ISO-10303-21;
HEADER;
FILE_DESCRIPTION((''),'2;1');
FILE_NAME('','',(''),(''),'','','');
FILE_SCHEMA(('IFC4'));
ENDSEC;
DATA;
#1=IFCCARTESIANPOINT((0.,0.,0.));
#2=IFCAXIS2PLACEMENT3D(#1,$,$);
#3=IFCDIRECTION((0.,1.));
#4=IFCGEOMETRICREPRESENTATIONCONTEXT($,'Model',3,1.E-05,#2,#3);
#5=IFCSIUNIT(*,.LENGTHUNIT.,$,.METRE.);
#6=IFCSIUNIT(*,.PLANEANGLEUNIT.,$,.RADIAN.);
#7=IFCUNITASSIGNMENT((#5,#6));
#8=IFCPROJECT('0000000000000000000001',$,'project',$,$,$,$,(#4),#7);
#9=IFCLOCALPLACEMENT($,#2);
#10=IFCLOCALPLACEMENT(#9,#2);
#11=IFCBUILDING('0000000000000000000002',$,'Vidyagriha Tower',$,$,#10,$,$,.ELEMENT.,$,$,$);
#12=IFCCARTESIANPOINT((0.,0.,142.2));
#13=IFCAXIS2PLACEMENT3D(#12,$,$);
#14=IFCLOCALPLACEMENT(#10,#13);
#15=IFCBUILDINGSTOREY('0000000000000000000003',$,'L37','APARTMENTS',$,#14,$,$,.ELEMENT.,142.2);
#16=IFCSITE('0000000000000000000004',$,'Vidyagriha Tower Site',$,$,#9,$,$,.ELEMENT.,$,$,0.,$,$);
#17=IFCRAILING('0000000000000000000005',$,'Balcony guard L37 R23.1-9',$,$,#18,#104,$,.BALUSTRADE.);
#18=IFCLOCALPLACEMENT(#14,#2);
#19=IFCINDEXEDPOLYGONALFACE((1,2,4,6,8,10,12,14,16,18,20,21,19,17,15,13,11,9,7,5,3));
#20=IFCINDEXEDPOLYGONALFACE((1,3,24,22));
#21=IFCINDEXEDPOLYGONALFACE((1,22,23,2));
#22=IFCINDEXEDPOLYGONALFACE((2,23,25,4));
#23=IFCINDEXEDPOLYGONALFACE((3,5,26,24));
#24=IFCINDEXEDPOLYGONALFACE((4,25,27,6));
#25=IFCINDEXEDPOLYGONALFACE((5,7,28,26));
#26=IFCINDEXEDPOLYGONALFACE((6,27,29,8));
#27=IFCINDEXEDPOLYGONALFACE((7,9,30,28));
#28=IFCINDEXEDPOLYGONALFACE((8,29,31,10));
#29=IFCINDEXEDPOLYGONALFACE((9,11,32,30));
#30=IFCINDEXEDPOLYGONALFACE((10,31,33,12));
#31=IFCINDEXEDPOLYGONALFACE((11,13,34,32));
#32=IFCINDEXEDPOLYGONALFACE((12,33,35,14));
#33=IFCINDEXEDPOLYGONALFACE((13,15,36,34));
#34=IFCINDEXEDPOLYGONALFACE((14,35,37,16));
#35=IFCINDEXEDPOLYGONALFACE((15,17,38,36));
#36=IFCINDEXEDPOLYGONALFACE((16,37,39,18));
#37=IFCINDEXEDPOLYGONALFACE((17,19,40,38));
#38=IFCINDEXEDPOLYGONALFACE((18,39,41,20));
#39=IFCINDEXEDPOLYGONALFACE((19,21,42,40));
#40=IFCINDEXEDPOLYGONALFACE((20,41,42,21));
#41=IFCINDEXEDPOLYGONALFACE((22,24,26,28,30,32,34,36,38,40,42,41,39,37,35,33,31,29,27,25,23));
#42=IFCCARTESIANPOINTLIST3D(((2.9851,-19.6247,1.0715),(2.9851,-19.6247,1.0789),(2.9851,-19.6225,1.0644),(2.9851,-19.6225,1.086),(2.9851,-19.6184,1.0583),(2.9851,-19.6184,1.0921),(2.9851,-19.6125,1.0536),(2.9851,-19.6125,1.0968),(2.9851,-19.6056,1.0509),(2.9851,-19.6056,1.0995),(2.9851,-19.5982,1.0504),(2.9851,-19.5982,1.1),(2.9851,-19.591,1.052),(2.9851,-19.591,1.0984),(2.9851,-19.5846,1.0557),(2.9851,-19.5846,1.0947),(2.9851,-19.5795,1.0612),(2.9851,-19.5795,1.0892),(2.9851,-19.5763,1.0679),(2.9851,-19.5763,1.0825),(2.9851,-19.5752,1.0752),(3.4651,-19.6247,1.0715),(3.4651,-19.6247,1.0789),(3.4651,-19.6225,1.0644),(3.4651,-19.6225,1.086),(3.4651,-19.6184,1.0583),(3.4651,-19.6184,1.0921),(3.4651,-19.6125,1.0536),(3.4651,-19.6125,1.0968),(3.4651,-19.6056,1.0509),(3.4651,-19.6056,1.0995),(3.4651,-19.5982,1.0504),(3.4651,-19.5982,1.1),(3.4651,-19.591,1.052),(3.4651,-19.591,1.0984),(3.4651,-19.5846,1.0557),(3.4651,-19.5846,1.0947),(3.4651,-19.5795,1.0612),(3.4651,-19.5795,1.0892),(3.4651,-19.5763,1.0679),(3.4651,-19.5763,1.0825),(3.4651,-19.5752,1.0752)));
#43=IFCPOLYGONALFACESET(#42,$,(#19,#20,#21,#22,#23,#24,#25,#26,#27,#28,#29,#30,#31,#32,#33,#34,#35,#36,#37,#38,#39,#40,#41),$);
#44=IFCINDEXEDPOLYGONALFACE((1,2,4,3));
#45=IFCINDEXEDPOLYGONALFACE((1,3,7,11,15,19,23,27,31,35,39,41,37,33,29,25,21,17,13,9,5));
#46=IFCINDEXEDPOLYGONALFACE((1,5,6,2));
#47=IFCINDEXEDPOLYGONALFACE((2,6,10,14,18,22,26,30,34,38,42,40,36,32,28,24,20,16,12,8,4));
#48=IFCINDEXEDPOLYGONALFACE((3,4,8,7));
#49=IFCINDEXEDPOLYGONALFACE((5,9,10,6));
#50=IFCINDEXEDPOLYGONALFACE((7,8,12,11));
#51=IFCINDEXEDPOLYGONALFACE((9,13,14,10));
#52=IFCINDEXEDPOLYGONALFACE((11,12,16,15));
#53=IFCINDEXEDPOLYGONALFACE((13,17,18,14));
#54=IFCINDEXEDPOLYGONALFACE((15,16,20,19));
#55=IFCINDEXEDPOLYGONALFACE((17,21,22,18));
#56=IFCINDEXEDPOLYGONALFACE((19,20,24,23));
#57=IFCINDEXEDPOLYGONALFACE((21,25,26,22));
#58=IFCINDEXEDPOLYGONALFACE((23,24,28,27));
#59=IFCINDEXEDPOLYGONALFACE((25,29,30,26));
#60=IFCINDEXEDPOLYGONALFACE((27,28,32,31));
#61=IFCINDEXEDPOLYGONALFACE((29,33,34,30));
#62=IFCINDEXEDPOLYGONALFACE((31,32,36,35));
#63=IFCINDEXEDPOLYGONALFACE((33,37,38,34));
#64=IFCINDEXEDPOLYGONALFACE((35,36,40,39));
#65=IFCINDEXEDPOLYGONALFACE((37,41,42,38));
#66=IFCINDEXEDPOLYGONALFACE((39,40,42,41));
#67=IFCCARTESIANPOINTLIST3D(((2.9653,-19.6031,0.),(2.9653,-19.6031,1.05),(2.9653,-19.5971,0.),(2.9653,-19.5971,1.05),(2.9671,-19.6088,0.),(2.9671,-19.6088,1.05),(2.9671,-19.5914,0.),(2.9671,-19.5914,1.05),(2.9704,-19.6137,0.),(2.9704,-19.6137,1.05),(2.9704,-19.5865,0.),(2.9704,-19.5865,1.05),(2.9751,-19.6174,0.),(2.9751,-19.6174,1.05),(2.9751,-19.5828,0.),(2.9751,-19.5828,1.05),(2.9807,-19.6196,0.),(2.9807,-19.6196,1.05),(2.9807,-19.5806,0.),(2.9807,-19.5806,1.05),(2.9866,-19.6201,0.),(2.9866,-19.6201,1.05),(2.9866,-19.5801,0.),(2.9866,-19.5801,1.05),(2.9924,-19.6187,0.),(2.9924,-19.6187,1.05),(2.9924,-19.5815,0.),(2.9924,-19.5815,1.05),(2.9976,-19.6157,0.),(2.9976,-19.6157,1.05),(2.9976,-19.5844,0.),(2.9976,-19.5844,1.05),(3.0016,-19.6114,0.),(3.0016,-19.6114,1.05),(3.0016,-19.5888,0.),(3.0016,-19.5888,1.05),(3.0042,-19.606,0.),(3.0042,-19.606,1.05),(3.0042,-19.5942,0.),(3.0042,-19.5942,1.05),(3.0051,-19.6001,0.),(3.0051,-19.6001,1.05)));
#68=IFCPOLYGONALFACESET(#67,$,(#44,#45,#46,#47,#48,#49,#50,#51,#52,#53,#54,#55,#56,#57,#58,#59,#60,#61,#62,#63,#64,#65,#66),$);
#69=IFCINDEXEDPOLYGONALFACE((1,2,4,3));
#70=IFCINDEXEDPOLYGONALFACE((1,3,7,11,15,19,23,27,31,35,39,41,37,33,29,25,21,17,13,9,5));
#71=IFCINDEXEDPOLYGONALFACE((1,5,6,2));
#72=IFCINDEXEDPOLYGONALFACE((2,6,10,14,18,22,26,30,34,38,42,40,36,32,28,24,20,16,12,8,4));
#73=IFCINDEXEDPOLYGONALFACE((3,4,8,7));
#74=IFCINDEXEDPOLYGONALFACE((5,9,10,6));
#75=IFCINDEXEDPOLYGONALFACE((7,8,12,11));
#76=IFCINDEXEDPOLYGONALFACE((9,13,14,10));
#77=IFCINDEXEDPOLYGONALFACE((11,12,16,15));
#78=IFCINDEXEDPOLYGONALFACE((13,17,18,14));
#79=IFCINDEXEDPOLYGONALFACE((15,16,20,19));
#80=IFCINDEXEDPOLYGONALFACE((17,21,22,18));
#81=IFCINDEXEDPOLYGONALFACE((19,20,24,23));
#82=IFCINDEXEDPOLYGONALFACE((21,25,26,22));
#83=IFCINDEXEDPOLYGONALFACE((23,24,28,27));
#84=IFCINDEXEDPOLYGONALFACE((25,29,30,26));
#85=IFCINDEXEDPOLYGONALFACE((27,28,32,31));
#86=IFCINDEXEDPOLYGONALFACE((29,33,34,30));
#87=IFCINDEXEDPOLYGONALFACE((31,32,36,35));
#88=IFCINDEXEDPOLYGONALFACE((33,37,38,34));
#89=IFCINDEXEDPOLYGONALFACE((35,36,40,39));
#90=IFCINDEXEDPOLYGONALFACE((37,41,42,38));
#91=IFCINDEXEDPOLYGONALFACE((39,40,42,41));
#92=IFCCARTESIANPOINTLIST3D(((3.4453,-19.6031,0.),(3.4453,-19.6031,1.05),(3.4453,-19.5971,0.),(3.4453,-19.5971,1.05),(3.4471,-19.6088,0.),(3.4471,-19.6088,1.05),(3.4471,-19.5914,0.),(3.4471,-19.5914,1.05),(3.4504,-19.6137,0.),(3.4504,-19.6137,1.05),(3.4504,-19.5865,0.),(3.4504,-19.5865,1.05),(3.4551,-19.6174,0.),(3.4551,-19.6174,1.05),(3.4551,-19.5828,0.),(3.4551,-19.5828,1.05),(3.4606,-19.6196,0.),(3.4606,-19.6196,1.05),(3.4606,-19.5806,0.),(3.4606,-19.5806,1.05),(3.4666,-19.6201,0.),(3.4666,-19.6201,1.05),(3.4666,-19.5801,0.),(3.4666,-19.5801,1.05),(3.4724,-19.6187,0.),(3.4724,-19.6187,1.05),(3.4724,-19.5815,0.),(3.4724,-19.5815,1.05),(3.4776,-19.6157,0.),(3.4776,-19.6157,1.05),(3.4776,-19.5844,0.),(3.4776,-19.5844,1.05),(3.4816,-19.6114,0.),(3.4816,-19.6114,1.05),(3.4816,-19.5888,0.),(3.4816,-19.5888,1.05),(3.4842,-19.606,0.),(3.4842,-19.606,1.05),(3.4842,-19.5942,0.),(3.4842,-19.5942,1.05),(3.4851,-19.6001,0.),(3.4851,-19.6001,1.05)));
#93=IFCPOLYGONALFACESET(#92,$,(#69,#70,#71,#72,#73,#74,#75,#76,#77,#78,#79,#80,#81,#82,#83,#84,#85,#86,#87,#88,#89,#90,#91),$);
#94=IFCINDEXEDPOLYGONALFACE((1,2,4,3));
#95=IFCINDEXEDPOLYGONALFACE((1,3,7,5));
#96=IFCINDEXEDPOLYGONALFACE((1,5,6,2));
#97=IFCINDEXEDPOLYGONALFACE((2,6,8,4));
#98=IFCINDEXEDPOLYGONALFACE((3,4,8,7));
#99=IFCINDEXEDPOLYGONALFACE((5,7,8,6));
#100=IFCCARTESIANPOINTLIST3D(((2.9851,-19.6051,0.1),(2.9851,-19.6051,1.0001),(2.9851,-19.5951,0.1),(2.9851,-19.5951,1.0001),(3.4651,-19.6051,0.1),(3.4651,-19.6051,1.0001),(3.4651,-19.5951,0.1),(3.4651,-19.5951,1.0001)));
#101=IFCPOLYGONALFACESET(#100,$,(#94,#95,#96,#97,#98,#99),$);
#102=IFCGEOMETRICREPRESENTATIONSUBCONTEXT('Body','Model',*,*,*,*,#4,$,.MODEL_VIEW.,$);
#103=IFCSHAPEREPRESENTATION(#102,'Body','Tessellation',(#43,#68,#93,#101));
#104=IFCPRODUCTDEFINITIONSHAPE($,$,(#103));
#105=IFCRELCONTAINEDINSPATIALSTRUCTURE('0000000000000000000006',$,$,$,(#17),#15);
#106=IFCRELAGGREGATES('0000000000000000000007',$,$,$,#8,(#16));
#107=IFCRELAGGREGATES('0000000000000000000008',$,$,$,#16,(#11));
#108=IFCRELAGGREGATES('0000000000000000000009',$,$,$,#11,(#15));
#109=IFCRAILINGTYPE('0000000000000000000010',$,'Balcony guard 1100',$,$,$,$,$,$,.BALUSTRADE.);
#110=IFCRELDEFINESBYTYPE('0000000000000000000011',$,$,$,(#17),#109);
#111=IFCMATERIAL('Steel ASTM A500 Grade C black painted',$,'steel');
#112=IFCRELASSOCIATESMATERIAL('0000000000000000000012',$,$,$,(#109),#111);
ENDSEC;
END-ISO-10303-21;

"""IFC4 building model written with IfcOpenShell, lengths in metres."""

from ifc_helpers import new_model, si_unit, direction, frame, origin, origin_2d, place, context, subcontext, project, spatial, rectangle, circle, extrude, material, type_object, element, save


model = new_model("IFC4")

# Units and contexts
model_context = context("Model", 3, precision=1e-05, world=origin(), true_north=direction((0.0, 1.0)))
body_context = subcontext(model_context, "Body", "Model", "MODEL_VIEW")
ifc_project = project(units=[si_unit("LENGTHUNIT", "METRE"), si_unit("PLANEANGLEUNIT", "RADIAN")], contexts=[model_context])

# Site, building, storey
site_placement = place(None, origin())
site = spatial("IfcSite", under=ifc_project, at=site_placement, Name="Vidyagriha Tower Site", CompositionType="ELEMENT", RefElevation=0.0)
building_placement = place(site_placement, origin())
building = spatial("IfcBuilding", under=site, at=building_placement, Name="Vidyagriha Tower", CompositionType="ELEMENT")
storey_placement = place(building_placement, frame((0.0, 0.0, 142.2)))
storey = spatial("IfcBuildingStorey", under=building, at=storey_placement, Name="L37", Description="APARTMENTS", CompositionType="ELEMENT", Elevation=142.2)

# Railing
ifc_material_1 = material(Name="Steel ASTM A500 Grade C black painted", Category="steel")
railing_type = type_object("IfcRailingType", Name="Balcony guard 1100", PredefinedType="BALUSTRADE", material=ifc_material_1)
railing_1_placement = place(storey_placement, frame((2.9851, -19.6001, 0.0)))
element("IfcRailing", 1, at=railing_1_placement, inside=storey, type_object=railing_type, Name="Balcony guard L37 R23.1-9", PredefinedType="BALUSTRADE", context=body_context, shape_type="SweptSolid", body=[
    extrude(circle(Radius=0.0249, at=origin_2d()), frame((0.0, 0.0, 1.0752), z_axis=(1.0, 0.0, 0.0), x_axis=(0.0, 1.0, 0.0)), (0.0, 0.0, 1.0), 0.48),
    extrude(circle(Radius=0.02, at=origin_2d()), origin(), (0.0, 0.0, 1.0), 1.05),
    extrude(circle(Radius=0.02, at=origin_2d()), frame((0.48, 0.0, 0.0)), (0.0, 0.0, 1.0), 1.05),
    extrude(rectangle(XDim=0.01, YDim=0.9001, at=origin_2d()), frame((0.0, 0.0, 0.55), z_axis=(1.0, 0.0, 0.0), x_axis=(0.0, 1.0, 0.0)), (0.0, 0.0, 1.0), 0.48),
])

save(model, "model.ifc")
